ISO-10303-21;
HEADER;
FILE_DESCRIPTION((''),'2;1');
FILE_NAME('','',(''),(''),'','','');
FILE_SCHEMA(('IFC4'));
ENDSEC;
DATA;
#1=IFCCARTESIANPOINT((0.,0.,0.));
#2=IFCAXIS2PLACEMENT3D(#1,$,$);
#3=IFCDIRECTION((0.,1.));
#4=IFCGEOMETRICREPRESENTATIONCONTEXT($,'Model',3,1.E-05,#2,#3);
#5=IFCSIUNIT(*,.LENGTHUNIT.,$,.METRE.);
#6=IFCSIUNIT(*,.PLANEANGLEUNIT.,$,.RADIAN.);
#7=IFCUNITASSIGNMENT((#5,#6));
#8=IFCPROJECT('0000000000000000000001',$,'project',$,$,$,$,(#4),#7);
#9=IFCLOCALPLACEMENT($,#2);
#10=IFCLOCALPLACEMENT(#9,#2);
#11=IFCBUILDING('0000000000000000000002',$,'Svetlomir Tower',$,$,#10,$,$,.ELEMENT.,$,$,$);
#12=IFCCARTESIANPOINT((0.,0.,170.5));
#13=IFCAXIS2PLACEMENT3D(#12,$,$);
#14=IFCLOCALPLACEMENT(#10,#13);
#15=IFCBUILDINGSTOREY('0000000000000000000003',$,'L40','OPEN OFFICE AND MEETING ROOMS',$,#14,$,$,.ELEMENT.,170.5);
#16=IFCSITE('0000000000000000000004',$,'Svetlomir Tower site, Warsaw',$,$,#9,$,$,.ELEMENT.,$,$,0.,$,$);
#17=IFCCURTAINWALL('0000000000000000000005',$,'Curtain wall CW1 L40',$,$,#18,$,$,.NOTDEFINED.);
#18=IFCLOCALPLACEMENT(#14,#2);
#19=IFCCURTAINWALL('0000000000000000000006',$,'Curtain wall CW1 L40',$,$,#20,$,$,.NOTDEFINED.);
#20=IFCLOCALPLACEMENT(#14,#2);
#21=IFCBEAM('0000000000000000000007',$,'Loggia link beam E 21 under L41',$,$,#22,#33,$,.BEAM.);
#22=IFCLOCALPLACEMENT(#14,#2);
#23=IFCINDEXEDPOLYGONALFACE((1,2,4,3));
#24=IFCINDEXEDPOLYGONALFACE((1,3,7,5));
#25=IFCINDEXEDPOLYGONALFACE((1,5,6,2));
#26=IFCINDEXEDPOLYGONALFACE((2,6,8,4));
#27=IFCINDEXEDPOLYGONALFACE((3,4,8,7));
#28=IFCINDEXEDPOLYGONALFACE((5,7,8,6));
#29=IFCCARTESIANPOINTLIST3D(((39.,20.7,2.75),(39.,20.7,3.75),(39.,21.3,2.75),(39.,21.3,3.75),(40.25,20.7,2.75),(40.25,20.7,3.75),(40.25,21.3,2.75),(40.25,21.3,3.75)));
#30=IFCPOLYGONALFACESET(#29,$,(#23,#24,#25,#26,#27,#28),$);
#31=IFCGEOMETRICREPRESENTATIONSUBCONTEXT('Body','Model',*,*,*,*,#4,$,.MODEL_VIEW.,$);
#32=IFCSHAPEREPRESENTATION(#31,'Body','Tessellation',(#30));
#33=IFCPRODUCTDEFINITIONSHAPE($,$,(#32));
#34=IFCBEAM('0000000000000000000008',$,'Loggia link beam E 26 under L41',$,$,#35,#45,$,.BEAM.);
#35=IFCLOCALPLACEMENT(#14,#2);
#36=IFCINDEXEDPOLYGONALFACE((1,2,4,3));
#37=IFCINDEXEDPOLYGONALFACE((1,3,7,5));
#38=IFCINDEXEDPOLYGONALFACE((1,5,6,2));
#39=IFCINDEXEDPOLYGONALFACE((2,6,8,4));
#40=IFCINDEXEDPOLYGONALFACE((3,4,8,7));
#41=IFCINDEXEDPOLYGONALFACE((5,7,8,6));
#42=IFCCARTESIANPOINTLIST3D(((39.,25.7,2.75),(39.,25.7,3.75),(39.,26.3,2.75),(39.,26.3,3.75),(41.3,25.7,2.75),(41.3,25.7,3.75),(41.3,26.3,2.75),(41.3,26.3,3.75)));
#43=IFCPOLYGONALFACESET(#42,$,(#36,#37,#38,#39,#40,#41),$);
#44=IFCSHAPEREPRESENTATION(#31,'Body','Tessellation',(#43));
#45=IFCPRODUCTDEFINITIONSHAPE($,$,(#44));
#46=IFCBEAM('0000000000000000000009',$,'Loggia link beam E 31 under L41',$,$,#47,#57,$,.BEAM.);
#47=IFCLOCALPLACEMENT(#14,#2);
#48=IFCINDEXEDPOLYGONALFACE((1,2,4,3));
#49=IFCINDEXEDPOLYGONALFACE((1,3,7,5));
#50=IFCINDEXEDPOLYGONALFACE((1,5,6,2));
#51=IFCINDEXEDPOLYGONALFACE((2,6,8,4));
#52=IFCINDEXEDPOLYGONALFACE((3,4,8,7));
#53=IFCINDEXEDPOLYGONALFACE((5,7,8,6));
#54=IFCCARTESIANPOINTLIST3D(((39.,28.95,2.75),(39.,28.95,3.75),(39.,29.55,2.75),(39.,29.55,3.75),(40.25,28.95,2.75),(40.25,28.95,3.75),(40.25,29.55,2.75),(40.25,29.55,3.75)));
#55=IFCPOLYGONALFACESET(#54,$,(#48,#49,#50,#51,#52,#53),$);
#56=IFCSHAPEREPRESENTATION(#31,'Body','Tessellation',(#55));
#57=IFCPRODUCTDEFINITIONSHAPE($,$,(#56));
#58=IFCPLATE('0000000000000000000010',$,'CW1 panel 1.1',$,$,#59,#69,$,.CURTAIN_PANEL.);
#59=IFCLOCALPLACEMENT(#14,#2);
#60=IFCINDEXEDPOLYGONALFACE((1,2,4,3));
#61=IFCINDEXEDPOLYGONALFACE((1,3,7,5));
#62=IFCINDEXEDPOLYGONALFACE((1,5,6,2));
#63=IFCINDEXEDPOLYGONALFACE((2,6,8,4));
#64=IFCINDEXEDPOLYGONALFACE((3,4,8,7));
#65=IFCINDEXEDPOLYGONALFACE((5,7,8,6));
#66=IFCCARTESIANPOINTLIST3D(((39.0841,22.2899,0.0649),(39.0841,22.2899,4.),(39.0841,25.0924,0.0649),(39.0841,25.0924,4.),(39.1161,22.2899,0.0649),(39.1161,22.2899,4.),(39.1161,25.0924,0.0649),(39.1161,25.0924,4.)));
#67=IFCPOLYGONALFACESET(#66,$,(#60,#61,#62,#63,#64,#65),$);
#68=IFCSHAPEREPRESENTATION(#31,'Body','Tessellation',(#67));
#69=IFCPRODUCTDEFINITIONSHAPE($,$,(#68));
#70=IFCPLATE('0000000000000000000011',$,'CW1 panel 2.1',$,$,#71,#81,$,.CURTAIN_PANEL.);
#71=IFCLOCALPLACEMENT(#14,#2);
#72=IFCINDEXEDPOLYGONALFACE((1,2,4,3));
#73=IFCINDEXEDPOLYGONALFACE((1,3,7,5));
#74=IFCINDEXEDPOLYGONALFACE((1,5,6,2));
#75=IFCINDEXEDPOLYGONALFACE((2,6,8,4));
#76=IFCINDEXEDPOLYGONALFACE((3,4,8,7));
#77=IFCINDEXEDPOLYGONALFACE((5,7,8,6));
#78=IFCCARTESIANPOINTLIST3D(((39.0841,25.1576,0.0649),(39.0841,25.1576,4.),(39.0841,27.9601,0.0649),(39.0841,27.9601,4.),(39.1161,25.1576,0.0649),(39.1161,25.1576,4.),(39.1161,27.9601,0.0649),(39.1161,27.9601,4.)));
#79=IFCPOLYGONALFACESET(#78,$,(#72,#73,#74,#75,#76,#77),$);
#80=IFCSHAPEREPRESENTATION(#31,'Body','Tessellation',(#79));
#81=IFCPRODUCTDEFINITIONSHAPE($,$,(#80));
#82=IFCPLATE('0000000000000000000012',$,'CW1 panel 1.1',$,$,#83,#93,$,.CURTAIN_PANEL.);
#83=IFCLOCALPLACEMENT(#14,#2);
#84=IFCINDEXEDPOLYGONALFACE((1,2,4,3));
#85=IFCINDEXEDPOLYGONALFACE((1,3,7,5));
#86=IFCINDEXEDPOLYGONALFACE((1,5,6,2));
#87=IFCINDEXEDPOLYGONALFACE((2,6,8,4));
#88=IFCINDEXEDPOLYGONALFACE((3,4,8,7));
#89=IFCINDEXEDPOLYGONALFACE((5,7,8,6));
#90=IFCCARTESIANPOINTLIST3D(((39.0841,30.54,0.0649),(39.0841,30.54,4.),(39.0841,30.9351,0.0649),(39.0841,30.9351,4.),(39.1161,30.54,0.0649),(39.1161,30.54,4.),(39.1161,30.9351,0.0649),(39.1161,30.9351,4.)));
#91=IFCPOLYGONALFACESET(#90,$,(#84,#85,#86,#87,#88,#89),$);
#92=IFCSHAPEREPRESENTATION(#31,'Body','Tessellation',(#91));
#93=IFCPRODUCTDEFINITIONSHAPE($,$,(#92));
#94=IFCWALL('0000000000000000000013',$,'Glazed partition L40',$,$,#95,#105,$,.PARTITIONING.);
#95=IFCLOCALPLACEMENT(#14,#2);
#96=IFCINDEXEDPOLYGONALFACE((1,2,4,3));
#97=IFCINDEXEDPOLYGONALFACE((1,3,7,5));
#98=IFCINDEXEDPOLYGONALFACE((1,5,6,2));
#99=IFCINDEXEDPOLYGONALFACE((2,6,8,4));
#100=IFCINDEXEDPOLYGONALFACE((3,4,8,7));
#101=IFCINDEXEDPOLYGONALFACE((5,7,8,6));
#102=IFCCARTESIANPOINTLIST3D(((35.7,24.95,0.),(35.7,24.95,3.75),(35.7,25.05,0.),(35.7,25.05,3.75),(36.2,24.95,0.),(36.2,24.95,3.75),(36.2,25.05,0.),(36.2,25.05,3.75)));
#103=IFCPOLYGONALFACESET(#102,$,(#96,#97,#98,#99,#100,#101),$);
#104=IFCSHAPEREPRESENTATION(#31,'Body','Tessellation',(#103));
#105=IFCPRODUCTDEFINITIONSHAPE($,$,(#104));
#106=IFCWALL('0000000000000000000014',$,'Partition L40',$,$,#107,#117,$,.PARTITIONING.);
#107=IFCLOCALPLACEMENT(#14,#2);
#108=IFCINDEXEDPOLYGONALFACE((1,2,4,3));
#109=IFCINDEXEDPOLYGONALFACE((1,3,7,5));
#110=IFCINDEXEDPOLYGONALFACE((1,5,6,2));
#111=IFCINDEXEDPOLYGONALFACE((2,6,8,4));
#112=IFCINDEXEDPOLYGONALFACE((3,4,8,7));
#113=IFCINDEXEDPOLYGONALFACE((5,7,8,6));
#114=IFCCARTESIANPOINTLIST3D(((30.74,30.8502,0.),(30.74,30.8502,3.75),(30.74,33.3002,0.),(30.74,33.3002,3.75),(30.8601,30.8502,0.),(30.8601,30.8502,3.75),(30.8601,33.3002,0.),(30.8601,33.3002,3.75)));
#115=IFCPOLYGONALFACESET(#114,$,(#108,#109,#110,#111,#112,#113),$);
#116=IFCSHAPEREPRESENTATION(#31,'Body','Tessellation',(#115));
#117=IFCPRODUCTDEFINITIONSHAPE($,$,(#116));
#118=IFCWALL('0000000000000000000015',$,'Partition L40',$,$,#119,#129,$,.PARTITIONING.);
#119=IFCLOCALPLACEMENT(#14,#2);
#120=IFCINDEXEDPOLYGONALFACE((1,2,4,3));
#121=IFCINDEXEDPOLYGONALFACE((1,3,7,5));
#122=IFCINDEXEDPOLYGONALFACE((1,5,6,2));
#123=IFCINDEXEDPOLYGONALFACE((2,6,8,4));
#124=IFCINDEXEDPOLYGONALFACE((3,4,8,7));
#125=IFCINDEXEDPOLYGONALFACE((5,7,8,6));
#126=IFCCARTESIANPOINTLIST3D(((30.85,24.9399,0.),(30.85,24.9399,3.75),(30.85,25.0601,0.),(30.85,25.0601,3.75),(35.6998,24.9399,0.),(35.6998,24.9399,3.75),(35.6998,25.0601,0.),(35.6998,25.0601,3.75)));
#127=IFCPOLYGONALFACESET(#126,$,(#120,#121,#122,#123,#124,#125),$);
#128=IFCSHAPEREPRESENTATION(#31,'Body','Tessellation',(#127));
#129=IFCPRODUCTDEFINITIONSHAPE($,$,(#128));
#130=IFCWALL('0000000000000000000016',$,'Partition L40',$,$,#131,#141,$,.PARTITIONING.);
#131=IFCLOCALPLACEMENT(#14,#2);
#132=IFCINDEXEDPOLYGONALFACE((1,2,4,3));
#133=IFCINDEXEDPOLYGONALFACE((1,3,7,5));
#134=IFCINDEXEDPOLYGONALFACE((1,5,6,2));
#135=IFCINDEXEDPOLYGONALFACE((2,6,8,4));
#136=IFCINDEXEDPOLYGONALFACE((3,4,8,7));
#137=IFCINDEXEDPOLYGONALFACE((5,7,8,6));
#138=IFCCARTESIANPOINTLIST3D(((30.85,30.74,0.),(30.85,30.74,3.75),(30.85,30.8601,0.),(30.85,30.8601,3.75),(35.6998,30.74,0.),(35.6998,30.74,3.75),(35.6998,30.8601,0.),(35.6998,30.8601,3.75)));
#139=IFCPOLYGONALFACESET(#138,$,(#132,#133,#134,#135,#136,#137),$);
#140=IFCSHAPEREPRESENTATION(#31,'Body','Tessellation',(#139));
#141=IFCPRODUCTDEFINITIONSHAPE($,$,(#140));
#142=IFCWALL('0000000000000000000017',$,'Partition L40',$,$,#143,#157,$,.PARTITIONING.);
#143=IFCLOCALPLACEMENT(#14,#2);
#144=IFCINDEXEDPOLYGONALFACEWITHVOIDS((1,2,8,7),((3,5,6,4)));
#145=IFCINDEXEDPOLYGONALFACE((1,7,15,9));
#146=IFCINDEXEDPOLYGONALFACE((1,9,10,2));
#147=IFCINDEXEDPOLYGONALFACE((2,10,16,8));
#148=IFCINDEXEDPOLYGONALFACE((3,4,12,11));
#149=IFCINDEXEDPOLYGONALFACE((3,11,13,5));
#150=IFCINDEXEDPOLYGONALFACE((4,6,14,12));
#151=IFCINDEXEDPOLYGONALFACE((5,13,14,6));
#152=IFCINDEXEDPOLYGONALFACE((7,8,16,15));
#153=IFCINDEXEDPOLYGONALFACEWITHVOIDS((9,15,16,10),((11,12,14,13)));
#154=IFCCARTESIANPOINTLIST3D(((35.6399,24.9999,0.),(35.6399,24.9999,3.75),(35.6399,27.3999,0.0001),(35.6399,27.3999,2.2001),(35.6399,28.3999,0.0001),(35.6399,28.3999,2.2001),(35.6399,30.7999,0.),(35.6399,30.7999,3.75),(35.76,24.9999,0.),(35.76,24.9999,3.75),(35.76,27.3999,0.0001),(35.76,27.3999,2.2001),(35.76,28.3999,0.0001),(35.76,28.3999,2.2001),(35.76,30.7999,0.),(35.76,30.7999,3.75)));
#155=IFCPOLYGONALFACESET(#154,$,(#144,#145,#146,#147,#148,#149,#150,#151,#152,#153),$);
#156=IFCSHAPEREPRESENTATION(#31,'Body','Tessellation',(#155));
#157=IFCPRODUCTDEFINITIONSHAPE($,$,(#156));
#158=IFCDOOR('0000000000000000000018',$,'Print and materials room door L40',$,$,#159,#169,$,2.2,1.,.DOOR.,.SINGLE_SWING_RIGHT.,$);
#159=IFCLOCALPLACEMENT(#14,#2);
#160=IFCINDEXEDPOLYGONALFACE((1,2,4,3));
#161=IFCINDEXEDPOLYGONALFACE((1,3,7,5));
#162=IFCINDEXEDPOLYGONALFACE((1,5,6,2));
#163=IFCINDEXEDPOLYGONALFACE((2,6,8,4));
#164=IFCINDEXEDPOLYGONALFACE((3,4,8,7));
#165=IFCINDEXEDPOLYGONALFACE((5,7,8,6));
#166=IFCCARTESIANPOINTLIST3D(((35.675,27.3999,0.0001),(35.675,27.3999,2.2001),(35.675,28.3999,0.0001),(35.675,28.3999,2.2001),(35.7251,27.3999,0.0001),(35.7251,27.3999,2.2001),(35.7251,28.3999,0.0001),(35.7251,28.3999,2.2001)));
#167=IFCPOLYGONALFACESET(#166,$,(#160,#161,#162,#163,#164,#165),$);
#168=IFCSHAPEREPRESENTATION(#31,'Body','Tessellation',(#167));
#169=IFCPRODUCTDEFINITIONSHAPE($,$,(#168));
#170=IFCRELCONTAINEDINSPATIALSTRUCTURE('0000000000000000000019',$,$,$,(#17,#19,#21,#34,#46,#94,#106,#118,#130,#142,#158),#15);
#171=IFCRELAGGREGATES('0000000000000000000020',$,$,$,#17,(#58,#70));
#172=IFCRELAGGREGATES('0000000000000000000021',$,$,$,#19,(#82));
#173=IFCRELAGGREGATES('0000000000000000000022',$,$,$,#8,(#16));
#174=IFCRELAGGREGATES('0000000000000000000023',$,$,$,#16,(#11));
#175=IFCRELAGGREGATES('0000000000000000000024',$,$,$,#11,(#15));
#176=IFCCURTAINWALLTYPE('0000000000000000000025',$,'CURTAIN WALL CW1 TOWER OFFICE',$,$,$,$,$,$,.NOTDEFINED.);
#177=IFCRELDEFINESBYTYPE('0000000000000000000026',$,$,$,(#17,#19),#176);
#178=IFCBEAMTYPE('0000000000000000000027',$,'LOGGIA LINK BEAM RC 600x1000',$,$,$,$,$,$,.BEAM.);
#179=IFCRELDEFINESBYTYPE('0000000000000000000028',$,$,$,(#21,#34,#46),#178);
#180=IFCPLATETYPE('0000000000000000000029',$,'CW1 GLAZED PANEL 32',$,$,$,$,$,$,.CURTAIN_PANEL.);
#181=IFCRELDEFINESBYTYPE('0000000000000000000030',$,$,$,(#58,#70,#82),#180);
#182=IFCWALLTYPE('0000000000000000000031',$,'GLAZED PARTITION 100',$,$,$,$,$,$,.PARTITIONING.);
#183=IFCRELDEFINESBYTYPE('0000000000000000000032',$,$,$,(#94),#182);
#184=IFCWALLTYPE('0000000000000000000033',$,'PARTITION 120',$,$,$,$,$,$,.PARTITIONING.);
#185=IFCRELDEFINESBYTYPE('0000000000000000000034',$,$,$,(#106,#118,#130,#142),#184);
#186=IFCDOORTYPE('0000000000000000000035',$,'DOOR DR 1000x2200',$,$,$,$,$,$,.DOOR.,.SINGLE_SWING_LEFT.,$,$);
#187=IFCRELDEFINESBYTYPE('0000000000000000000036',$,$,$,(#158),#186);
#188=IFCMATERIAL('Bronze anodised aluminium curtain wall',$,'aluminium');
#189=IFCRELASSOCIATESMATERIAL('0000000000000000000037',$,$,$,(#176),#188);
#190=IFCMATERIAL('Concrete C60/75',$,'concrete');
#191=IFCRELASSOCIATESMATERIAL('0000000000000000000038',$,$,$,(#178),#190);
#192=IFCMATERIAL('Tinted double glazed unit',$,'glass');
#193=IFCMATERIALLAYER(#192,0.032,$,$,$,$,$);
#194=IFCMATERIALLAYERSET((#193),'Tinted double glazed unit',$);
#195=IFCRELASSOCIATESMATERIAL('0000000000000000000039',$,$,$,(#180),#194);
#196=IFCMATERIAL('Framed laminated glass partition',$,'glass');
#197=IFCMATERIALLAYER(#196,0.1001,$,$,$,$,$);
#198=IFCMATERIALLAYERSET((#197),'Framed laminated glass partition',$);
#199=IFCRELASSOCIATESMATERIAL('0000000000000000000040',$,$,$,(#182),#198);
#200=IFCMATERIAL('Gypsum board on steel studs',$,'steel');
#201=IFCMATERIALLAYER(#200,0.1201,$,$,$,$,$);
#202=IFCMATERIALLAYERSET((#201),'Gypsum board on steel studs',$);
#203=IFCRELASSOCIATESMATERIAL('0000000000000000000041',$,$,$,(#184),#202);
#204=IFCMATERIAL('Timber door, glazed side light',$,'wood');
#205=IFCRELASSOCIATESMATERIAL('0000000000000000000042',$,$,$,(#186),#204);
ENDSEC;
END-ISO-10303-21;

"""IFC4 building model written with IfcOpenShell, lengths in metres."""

from ifc_helpers import new_model, si_unit, direction, frame, frame_2d, origin, origin_2d, place, context, subcontext, project, spatial, rectangle, extrude, material, layer, layer_set, material_profile, profile_set, type_object, element, fill, aggregate, save


model = new_model("IFC4")

# Units and contexts
model_context = context("Model", 3, precision=1e-05, world=origin(), true_north=direction((0.0, 1.0)))
body_context = subcontext(model_context, "Body", "Model", "MODEL_VIEW")
ifc_project = project(units=[si_unit("LENGTHUNIT", "METRE"), si_unit("PLANEANGLEUNIT", "RADIAN")], contexts=[model_context])

# Site, building, storey
site_placement = place(None, origin())
site = spatial("IfcSite", under=ifc_project, at=site_placement, Name="Svetlomir Tower site, Warsaw", CompositionType="ELEMENT", RefElevation=0.0)
building_placement = place(site_placement, origin())
building = spatial("IfcBuilding", under=site, at=building_placement, Name="Svetlomir Tower", CompositionType="ELEMENT")
storey_placement = place(building_placement, frame((0.0, 0.0, 170.5)))
storey = spatial("IfcBuildingStorey", under=building, at=storey_placement, Name="L40", Description="OPEN OFFICE AND MEETING ROOMS", CompositionType="ELEMENT", Elevation=170.5)

# Curtain wall
ifc_material_1 = material(Name="Bronze anodised aluminium curtain wall", Category="aluminium")
curtain_wall_type = type_object("IfcCurtainWallType", Name="CURTAIN WALL CW1 TOWER OFFICE", PredefinedType="NOTDEFINED", material=ifc_material_1)
curtain_wall_1_placement = place(storey_placement, origin())
curtain_wall_1 = element("IfcCurtainWall", 1, at=curtain_wall_1_placement, inside=storey, type_object=curtain_wall_type, Name="Curtain wall CW1 L40", PredefinedType="NOTDEFINED")

# Curtain wall
curtain_wall_2_placement = place(storey_placement, origin())
curtain_wall_2 = element("IfcCurtainWall", 2, at=curtain_wall_2_placement, inside=storey, type_object=curtain_wall_type, Name="Curtain wall CW1 L40", PredefinedType="NOTDEFINED")

# Beams
ifc_material_2 = material(Name="Concrete C60/75", Category="concrete")
ifc_material_profile_1 = material_profile(ifc_material_2, rectangle(XDim=0.6001, YDim=1.0, at=origin_2d()), Name="RC 600x1000")
ifc_profile_set_1 = profile_set([ifc_material_profile_1], Name="Concrete C60/75")
beam_type_1 = type_object("IfcBeamType", Name="LOGGIA LINK BEAM RC 600x1000", PredefinedType="BEAM", material=ifc_profile_set_1)
beam_1_placement = place(storey_placement, frame((40.25, 21.0, 3.25), z_axis=(-1.0, 0.0, 0.0), x_axis=(0.0, -1.0, 0.0)))
element("IfcBeam", 3, at=beam_1_placement, inside=storey, type_object=beam_type_1, Name="Loggia link beam E 21 under L41", PredefinedType="BEAM", context=body_context, shape_type="SweptSolid", body=[
    extrude(rectangle(XDim=0.6001, YDim=1.0, at=origin_2d()), origin(), (0.0, 0.0, 1.0), 1.25),
])
beam_2_placement = place(storey_placement, frame((41.3, 26.0, 3.25), z_axis=(-1.0, 0.0, 0.0), x_axis=(0.0, -1.0, 0.0)))
element("IfcBeam", 4, at=beam_2_placement, inside=storey, type_object=beam_type_1, Name="Loggia link beam E 26 under L41", PredefinedType="BEAM", context=body_context, shape_type="SweptSolid", body=[
    extrude(rectangle(XDim=0.6001, YDim=1.0, at=origin_2d()), origin(), (0.0, 0.0, 1.0), 2.3),
])
beam_3_placement = place(storey_placement, frame((40.25, 29.25, 3.25), z_axis=(-1.0, 0.0, 0.0), x_axis=(0.0, -1.0, 0.0)))
element("IfcBeam", 5, at=beam_3_placement, inside=storey, type_object=beam_type_1, Name="Loggia link beam E 31 under L41", PredefinedType="BEAM", context=body_context, shape_type="SweptSolid", body=[
    extrude(rectangle(XDim=0.6001, YDim=1.0, at=origin_2d()), origin(), (0.0, 0.0, 1.0), 1.25),
])

# Plates
ifc_material_3 = material(Name="Tinted double glazed unit", Category="glass")
ifc_layer_1 = layer(ifc_material_3, 0.032)
ifc_layer_set_1 = layer_set([ifc_layer_1], Name="Tinted double glazed unit")
plate_type = type_object("IfcPlateType", Name="CW1 GLAZED PANEL 32", PredefinedType="CURTAIN_PANEL", material=ifc_layer_set_1)
plate_1_placement = place(storey_placement, frame((39.1001, 23.6912, 0.0649), z_axis=(0.0, 0.0, 1.0), x_axis=(0.0, 1.0, 0.0)))
plate_1 = element("IfcPlate", 6, at=plate_1_placement, type_object=plate_type, Name="CW1 panel 1.1", PredefinedType="CURTAIN_PANEL", context=body_context, shape_type="SweptSolid", body=[
    extrude(rectangle(XDim=2.8025, YDim=0.032, at=origin_2d()), origin(), (0.0, 0.0, 1.0), 3.9351),
])
plate_2_placement = place(storey_placement, frame((39.1001, 26.5588, 0.0649), z_axis=(0.0, 0.0, 1.0), x_axis=(0.0, 1.0, 0.0)))
plate_2 = element("IfcPlate", 7, at=plate_2_placement, type_object=plate_type, Name="CW1 panel 2.1", PredefinedType="CURTAIN_PANEL", context=body_context, shape_type="SweptSolid", body=[
    extrude(rectangle(XDim=2.8025, YDim=0.032, at=origin_2d()), origin(), (0.0, 0.0, 1.0), 3.9351),
])
aggregate(curtain_wall_1, [plate_1, plate_2])
plate_3_placement = place(storey_placement, frame((39.1001, 30.7375, 0.0649), z_axis=(0.0, 0.0, 1.0), x_axis=(0.0, 1.0, 0.0)))
plate_3 = element("IfcPlate", 8, at=plate_3_placement, type_object=plate_type, Name="CW1 panel 1.1", PredefinedType="CURTAIN_PANEL", context=body_context, shape_type="SweptSolid", body=[
    extrude(rectangle(XDim=0.395, YDim=0.032, at=origin_2d()), origin(), (0.0, 0.0, 1.0), 3.9351),
])
aggregate(curtain_wall_2, [plate_3])

# Walls
ifc_material_4 = material(Name="Framed laminated glass partition", Category="glass")
ifc_layer_2 = layer(ifc_material_4, 0.1001)
ifc_layer_set_2 = layer_set([ifc_layer_2], Name="Framed laminated glass partition")
wall_type_1 = type_object("IfcWallType", Name="GLAZED PARTITION 100", PredefinedType="PARTITIONING", material=ifc_layer_set_2)
wall_1_placement = place(storey_placement, frame((35.7, 25.0, 0.0), z_axis=(0.0, 0.0, 1.0), x_axis=(1.0, 0.0, 0.0)))
element("IfcWall", 9, at=wall_1_placement, inside=storey, type_object=wall_type_1, Name="Glazed partition L40", PredefinedType="PARTITIONING", context=body_context, shape_type="SweptSolid", body=[
    extrude(rectangle(XDim=0.5, YDim=0.1001, at=frame_2d((0.25, 0.0))), origin(), (0.0, 0.0, 1.0), 3.75),
])
ifc_material_5 = material(Name="Gypsum board on steel studs", Category="steel")
ifc_layer_3 = layer(ifc_material_5, 0.1201)
ifc_layer_set_3 = layer_set([ifc_layer_3], Name="Gypsum board on steel studs")
wall_type_2 = type_object("IfcWallType", Name="PARTITION 120", PredefinedType="PARTITIONING", material=ifc_layer_set_3)
wall_2_placement = place(storey_placement, frame((30.8, 30.8501, 0.0), z_axis=(0.0, 0.0, 1.0), x_axis=(0.0, 1.0, 0.0)))
element("IfcWall", 10, at=wall_2_placement, inside=storey, type_object=wall_type_2, Name="Partition L40", PredefinedType="PARTITIONING", context=body_context, shape_type="SweptSolid", body=[
    extrude(rectangle(XDim=2.45, YDim=0.1201, at=frame_2d((1.2251, 0.0))), origin(), (0.0, 0.0, 1.0), 3.75),
])
for number, where, z_axis, x_axis, name in (
    (11, (30.8501, 25.0, 0.0), (0.0, 0.0, 1.0), (1.0, 0.0, 0.0), "Partition L40"),
    (12, (30.8501, 30.8, 0.0), (0.0, 0.0, 1.0), (1.0, 0.0, 0.0), "Partition L40"),
):
    element("IfcWall", number, at=place(storey_placement, frame(where, z_axis=z_axis, x_axis=x_axis)), inside=storey, type_object=wall_type_2, Name=name, PredefinedType="PARTITIONING", context=body_context, shape_type="SweptSolid", body=[
        extrude(rectangle(XDim=4.8499, YDim=0.1201, at=frame_2d((2.4248, 0.0))), origin(), (0.0, 0.0, 1.0), 3.75),
    ])

# Wall, opening, door
wall_3_placement = place(storey_placement, frame((35.7, 25.0, 0.0), z_axis=(0.0, 0.0, 1.0), x_axis=(0.0, 1.0, 0.0)))
wall_3 = element("IfcWall", 13, at=wall_3_placement, inside=storey, type_object=wall_type_2, Name="Partition L40", PredefinedType="PARTITIONING", context=body_context, shape_type="SweptSolid", body=[
    extrude(rectangle(XDim=5.8, YDim=0.1201, at=frame_2d((2.8999, 0.0))), origin(), (0.0, 0.0, 1.0), 3.75),
])
opening_placement = place(wall_3_placement, frame((2.3999, 0.0, 0.0)))
opening = element("IfcOpeningElement", 14, at=opening_placement, cuts=wall_3, PredefinedType="OPENING", context=body_context, shape_type="SweptSolid", body=[
    extrude(rectangle(XDim=1.0, YDim=2.2, at=frame_2d((0.5, 1.1001))), frame((0.0, 0.0701, 0.0), z_axis=(0.0, -1.0, 0.0), x_axis=(1.0, 0.0, 0.0)), (0.0, 0.0, 1.0), 0.1401),
])
ifc_material_6 = material(Name="Timber door, glazed side light", Category="wood")
door_type = type_object("IfcDoorType", Name="DOOR DR 1000x2200", OperationType="SINGLE_SWING_LEFT", PredefinedType="DOOR", material=ifc_material_6)
door_placement = place(opening_placement, origin())
door = element("IfcDoor", 15, at=door_placement, inside=storey, type_object=door_type, Name="Print and materials room door L40", OperationType="SINGLE_SWING_RIGHT", OverallHeight=2.2, OverallWidth=1.0, PredefinedType="DOOR", context=body_context, shape_type="SweptSolid", body=[
    extrude(rectangle(XDim=1.0, YDim=2.2, at=frame_2d((0.5, 1.1001))), frame((0.0, 0.0249, 0.0), z_axis=(0.0, -1.0, 0.0), x_axis=(1.0, 0.0, 0.0)), (0.0, 0.0, 1.0), 0.05),
])
fill(opening, door)

save(model, "model.ifc")
